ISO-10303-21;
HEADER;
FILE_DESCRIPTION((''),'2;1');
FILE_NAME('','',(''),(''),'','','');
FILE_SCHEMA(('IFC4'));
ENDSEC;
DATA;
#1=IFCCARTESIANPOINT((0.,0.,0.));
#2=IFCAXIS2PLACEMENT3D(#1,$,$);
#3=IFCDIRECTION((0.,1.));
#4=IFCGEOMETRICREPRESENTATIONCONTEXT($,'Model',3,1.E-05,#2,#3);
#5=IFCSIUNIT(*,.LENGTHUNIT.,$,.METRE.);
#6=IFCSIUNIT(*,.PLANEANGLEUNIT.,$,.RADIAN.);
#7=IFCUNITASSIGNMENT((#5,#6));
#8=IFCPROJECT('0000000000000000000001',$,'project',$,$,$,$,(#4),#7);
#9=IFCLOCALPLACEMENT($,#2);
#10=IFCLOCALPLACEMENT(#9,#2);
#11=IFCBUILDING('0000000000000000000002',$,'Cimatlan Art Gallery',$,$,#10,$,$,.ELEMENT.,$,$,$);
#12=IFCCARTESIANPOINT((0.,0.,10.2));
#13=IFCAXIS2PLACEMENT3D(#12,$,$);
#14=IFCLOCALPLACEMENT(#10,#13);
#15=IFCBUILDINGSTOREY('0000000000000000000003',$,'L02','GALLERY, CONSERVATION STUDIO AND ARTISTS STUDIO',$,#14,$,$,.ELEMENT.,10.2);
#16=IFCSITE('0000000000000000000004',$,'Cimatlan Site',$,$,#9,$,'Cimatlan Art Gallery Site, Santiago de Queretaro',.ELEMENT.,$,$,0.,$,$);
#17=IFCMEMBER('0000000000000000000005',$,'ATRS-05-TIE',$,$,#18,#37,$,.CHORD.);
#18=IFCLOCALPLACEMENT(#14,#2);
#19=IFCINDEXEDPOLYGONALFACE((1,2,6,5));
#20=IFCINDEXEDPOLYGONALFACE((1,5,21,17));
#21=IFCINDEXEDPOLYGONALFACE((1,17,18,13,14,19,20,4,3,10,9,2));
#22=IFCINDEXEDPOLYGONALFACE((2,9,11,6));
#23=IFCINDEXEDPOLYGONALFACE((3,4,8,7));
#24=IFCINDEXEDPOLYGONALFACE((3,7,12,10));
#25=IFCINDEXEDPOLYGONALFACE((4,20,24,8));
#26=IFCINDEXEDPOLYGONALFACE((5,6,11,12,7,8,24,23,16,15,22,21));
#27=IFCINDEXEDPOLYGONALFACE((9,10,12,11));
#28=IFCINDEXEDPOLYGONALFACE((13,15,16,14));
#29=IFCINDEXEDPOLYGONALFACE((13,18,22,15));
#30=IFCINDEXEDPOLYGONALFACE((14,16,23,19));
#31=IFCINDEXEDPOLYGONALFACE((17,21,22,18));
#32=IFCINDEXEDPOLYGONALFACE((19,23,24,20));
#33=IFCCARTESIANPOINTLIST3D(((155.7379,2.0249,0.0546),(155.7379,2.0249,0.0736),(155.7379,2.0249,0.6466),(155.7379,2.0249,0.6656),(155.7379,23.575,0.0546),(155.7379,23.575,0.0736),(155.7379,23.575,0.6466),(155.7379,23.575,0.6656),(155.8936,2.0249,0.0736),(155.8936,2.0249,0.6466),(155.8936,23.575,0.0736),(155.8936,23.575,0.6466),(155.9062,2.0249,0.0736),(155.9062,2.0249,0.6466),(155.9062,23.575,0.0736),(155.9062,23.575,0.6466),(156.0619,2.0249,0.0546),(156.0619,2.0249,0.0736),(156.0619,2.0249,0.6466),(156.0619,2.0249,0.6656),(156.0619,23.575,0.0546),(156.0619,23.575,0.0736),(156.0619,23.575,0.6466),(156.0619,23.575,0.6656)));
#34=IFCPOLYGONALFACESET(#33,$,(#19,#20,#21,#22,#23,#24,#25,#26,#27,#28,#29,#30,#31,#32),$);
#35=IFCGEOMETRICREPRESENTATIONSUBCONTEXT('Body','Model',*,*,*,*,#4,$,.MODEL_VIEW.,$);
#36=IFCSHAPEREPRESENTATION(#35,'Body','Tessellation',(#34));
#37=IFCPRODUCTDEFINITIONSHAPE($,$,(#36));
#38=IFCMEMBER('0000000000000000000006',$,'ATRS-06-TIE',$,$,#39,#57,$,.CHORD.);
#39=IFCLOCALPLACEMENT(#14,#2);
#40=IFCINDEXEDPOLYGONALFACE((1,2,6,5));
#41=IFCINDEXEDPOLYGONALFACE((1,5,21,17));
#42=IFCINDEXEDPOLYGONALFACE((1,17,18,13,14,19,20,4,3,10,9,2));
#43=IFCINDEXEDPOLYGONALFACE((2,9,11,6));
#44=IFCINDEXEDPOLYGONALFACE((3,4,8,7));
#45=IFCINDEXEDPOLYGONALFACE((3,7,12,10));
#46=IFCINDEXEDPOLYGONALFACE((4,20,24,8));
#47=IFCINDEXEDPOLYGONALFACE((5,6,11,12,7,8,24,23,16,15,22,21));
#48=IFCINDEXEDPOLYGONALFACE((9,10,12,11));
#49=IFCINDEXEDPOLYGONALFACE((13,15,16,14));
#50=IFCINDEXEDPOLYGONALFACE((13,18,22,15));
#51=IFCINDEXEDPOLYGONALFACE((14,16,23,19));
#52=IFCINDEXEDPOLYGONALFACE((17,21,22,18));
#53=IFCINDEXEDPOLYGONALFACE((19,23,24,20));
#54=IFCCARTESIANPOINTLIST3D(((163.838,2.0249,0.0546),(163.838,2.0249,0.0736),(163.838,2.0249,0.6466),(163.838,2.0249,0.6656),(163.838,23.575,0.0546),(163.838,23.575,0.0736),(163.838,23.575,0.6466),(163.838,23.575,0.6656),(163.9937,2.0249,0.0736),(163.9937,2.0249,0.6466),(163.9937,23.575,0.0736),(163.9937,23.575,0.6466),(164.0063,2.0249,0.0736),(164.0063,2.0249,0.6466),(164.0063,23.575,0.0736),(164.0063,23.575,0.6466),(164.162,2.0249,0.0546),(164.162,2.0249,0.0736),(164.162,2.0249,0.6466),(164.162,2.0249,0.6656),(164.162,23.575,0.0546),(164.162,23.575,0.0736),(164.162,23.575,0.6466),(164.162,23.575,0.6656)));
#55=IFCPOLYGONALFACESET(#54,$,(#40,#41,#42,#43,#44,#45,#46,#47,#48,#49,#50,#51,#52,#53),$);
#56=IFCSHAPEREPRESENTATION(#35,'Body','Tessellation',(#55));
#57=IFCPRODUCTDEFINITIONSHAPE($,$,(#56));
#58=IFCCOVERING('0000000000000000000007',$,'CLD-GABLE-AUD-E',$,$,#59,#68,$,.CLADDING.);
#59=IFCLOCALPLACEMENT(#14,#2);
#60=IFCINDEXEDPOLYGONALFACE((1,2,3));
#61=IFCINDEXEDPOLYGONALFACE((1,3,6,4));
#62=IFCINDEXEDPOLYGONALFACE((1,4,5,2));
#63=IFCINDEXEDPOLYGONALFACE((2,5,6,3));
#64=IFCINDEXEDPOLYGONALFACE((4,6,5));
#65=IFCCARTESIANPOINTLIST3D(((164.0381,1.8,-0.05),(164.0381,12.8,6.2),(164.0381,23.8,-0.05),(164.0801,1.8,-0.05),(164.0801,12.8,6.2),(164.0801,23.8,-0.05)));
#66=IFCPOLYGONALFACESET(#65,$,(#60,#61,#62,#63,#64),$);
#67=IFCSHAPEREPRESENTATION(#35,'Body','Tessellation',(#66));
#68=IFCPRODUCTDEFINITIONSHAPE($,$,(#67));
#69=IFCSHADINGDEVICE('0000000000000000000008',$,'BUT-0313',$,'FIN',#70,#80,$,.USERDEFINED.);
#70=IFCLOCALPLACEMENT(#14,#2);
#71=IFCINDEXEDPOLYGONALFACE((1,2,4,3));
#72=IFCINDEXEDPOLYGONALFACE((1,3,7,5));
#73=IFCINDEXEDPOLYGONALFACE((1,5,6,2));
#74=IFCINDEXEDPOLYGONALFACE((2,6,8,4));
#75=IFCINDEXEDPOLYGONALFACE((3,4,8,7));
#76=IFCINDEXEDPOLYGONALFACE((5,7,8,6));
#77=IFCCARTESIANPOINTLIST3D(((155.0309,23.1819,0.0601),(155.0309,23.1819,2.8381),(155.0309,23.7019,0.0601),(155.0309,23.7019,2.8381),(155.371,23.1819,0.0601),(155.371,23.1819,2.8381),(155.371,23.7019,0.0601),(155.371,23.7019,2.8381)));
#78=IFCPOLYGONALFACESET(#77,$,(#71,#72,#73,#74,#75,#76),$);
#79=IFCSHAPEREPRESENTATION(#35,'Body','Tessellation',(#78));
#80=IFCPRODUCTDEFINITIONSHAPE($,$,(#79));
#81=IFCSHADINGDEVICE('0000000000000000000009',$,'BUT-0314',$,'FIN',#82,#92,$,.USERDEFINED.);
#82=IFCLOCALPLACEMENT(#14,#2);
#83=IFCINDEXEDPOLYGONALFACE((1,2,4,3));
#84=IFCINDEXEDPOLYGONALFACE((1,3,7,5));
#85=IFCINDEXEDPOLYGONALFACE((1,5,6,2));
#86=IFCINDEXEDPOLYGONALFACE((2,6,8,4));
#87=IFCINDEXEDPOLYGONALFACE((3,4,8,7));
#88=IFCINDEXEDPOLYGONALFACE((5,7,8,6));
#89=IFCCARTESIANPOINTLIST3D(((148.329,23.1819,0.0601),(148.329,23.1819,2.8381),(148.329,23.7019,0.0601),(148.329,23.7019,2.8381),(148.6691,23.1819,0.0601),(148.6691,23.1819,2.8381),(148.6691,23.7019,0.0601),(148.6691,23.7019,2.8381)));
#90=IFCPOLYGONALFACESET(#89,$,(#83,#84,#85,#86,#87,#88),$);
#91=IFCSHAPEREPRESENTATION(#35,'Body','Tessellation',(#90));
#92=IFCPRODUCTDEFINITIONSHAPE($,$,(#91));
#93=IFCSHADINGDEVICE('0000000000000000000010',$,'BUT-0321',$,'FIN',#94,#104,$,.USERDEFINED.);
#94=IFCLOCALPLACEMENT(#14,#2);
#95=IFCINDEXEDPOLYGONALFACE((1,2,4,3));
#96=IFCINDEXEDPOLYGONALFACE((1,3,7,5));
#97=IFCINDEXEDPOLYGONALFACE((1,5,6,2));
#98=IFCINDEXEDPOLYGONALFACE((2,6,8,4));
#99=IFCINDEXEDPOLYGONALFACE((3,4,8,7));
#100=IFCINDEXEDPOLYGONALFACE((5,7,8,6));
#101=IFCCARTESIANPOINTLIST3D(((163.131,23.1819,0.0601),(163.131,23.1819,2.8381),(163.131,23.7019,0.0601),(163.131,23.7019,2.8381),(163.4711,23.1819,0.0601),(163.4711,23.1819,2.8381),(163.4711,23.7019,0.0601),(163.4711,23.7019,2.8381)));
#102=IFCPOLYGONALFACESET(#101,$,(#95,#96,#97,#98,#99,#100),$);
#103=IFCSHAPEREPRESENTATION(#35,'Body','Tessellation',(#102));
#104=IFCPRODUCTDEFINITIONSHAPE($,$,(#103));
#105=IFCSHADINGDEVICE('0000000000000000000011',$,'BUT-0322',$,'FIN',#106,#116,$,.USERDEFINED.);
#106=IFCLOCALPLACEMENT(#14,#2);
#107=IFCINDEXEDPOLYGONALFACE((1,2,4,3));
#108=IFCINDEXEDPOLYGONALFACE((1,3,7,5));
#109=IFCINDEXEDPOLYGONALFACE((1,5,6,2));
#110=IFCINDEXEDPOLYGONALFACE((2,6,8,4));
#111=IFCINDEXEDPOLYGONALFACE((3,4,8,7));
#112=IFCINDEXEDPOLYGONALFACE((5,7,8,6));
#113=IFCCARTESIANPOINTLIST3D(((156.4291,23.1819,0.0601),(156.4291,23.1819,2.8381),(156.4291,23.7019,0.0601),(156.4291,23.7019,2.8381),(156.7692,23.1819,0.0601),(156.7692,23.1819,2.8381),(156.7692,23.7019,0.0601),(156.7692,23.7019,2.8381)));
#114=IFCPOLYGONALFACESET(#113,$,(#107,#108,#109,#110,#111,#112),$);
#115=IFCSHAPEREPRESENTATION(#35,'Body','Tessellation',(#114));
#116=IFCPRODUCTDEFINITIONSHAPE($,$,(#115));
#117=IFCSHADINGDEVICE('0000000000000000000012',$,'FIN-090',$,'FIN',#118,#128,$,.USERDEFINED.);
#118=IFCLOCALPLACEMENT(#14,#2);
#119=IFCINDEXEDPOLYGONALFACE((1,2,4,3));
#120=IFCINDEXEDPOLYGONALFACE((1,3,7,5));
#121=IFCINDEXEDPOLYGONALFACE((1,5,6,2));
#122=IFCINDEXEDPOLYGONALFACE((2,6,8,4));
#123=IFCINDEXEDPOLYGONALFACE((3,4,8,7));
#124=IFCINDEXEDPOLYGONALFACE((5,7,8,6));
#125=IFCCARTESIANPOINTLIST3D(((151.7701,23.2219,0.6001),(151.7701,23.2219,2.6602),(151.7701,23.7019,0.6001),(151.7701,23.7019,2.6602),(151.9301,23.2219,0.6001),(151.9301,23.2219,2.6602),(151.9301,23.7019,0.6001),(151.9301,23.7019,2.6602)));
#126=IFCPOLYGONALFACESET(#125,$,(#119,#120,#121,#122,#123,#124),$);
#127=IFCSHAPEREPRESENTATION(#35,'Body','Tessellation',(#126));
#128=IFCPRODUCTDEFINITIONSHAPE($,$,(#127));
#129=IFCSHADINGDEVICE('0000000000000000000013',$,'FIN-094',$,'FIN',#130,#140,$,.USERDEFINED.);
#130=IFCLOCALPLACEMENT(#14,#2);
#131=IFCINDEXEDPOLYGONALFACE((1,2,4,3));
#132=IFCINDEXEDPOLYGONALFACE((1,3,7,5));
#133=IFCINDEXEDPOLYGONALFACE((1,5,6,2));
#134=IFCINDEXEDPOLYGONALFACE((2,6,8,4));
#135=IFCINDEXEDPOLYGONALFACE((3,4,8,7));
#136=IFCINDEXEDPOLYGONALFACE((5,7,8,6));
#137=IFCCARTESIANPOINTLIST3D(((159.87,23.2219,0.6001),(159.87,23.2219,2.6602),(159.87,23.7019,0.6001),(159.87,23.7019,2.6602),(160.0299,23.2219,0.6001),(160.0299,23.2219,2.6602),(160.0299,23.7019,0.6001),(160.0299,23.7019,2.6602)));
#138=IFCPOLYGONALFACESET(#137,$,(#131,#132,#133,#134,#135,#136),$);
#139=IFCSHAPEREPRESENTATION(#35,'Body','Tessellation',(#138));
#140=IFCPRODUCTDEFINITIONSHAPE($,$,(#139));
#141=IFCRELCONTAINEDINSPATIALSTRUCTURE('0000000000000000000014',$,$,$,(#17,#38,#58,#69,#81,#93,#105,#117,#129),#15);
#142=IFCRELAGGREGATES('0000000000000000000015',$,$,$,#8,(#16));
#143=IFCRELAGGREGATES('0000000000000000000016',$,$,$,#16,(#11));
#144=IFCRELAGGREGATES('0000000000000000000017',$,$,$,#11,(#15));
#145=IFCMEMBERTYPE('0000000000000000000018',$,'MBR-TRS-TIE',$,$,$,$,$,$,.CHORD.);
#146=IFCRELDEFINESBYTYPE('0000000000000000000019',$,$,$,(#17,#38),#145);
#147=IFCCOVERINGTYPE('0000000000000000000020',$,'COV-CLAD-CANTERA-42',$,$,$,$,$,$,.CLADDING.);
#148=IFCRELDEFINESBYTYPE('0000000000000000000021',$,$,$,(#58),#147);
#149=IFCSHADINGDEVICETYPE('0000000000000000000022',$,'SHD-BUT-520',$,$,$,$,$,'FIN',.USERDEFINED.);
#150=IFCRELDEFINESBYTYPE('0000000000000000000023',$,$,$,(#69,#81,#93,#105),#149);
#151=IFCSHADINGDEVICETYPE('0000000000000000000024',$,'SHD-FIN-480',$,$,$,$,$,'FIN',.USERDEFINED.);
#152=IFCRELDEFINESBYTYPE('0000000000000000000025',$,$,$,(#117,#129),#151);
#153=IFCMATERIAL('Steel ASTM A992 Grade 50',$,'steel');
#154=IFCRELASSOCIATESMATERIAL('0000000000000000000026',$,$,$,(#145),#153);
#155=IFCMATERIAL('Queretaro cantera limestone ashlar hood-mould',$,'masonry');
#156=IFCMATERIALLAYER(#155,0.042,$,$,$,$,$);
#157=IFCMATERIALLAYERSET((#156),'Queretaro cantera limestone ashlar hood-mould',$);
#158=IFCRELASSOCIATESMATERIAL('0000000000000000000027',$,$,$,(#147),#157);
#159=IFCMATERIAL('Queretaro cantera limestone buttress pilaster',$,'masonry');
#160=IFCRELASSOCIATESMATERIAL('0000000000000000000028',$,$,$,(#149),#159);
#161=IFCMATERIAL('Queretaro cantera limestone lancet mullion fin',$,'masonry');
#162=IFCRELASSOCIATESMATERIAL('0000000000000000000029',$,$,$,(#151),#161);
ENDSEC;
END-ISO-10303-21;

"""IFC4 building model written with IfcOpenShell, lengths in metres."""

from ifc_helpers import new_model, si_unit, direction, frame, origin, origin_2d, place, context, subcontext, project, spatial, polyline, rectangle, i_section, outline, extrude, material, layer, layer_set, material_profile, profile_set, type_object, element, save


model = new_model("IFC4")

# Units and contexts
model_context = context("Model", 3, precision=1e-05, world=origin(), true_north=direction((0.0, 1.0)))
body_context = subcontext(model_context, "Body", "Model", "MODEL_VIEW")
ifc_project = project(units=[si_unit("LENGTHUNIT", "METRE"), si_unit("PLANEANGLEUNIT", "RADIAN")], contexts=[model_context])

# Site, building, storey
site_placement = place(None, origin())
site = spatial("IfcSite", under=ifc_project, at=site_placement, Name="Cimatlan Site", LongName="Cimatlan Art Gallery Site, Santiago de Queretaro", CompositionType="ELEMENT", RefElevation=0.0)
building_placement = place(site_placement, origin())
building = spatial("IfcBuilding", under=site, at=building_placement, Name="Cimatlan Art Gallery", CompositionType="ELEMENT")
storey_placement = place(building_placement, frame((0.0, 0.0, 10.2)))
storey = spatial("IfcBuildingStorey", under=building, at=storey_placement, Name="L02", Description="GALLERY, CONSERVATION STUDIO AND ARTISTS STUDIO", CompositionType="ELEMENT", Elevation=10.2)

# Shared definitions
ifc_material_1 = material(Name="Steel ASTM A992 Grade 50", Category="steel")

# Members
ifc_material_profile_1 = material_profile(ifc_material_1, i_section(OverallWidth=0.324, OverallDepth=0.6111, WebThickness=0.0127, FlangeThickness=0.019, at=origin_2d()), Name="W24X104")
ifc_profile_set_1 = profile_set([ifc_material_profile_1], Name="Steel ASTM A992 Grade 50")
member_type_1 = type_object("IfcMemberType", Name="MBR-TRS-TIE", PredefinedType="CHORD", material=ifc_profile_set_1)
for number, where, z_axis, x_axis, name in (
    (1, (155.8999, 2.0249, 0.3601), (0.0, 1.0, 0.0), (-1.0, 0.0, 0.0), "ATRS-05-TIE"),
    (2, (164.0, 2.0249, 0.3601), (0.0, 1.0, 0.0), (-1.0, 0.0, 0.0), "ATRS-06-TIE"),
):
    element("IfcMember", number, at=place(storey_placement, frame(where, z_axis=z_axis, x_axis=x_axis)), inside=storey, type_object=member_type_1, Name=name, PredefinedType="CHORD", context=body_context, shape_type="SweptSolid", body=[
        extrude(i_section(OverallWidth=0.324, OverallDepth=0.6111, WebThickness=0.0127, FlangeThickness=0.019, at=origin_2d()), origin(), (0.0, 0.0, 1.0), 21.55),
    ])

# Covering
ifc_material_2 = material(Name="Queretaro cantera limestone ashlar hood-mould", Category="masonry")
ifc_layer = layer(ifc_material_2, 0.042)
ifc_layer_set = layer_set([ifc_layer], Name="Queretaro cantera limestone ashlar hood-mould")
covering_type = type_object("IfcCoveringType", Name="COV-CLAD-CANTERA-42", PredefinedType="CLADDING", material=ifc_layer_set)
covering_placement = place(storey_placement, frame((164.0801, 1.8, -0.05), z_axis=(1.0, 0.0, 0.0), x_axis=(0.0, 1.0, 0.0)))
element("IfcCovering", 3, at=covering_placement, inside=storey, type_object=covering_type, Name="CLD-GABLE-AUD-E", PredefinedType="CLADDING", context=body_context, shape_type="SweptSolid", body=[
    extrude(outline(polyline([(0.0, 0.0), (22.0, 0.0), (11.0, 6.25), (0.0, 0.0)])), origin(), (0.0, 0.0, -1.0), 0.042),
])

# Shading devices
ifc_material_3 = material(Name="Queretaro cantera limestone buttress pilaster", Category="masonry")
shading_device_type_1 = type_object("IfcShadingDeviceType", Name="SHD-BUT-520", ElementType="FIN", PredefinedType="USERDEFINED", material=ifc_material_3)
for number, where, z_axis, x_axis, name in (
    (4, (155.2009, 23.4419, 0.0601), (0.0, 0.0, 1.0), (-1.0, 0.0, 0.0), "BUT-0313"),
    (5, (148.499, 23.4419, 0.0601), (0.0, 0.0, 1.0), (-1.0, 0.0, 0.0), "BUT-0314"),
    (6, (163.301, 23.4419, 0.0601), (0.0, 0.0, 1.0), (-1.0, 0.0, 0.0), "BUT-0321"),
    (7, (156.5991, 23.4419, 0.0601), (0.0, 0.0, 1.0), (-1.0, 0.0, 0.0), "BUT-0322"),
):
    element("IfcShadingDevice", number, at=place(storey_placement, frame(where, z_axis=z_axis, x_axis=x_axis)), inside=storey, type_object=shading_device_type_1, Name=name, ObjectType="FIN", PredefinedType="USERDEFINED", context=body_context, shape_type="SweptSolid", body=[
        extrude(rectangle(XDim=0.3401, YDim=0.52, at=origin_2d()), origin(), (0.0, 0.0, 1.0), 2.7781),
    ])
ifc_material_4 = material(Name="Queretaro cantera limestone lancet mullion fin", Category="masonry")
shading_device_type_2 = type_object("IfcShadingDeviceType", Name="SHD-FIN-480", ElementType="FIN", PredefinedType="USERDEFINED", material=ifc_material_4)
for number, where, z_axis, x_axis, name in (
    (8, (151.8501, 23.4619, 0.6001), (0.0, 0.0, 1.0), (-1.0, 0.0, 0.0), "FIN-090"),
    (9, (159.95, 23.4619, 0.6001), (0.0, 0.0, 1.0), (-1.0, 0.0, 0.0), "FIN-094"),
):
    element("IfcShadingDevice", number, at=place(storey_placement, frame(where, z_axis=z_axis, x_axis=x_axis)), inside=storey, type_object=shading_device_type_2, Name=name, ObjectType="FIN", PredefinedType="USERDEFINED", context=body_context, shape_type="SweptSolid", body=[
        extrude(rectangle(XDim=0.1599, YDim=0.48, at=origin_2d()), origin(), (0.0, 0.0, 1.0), 2.0601),
    ])

save(model, "model.ifc")
